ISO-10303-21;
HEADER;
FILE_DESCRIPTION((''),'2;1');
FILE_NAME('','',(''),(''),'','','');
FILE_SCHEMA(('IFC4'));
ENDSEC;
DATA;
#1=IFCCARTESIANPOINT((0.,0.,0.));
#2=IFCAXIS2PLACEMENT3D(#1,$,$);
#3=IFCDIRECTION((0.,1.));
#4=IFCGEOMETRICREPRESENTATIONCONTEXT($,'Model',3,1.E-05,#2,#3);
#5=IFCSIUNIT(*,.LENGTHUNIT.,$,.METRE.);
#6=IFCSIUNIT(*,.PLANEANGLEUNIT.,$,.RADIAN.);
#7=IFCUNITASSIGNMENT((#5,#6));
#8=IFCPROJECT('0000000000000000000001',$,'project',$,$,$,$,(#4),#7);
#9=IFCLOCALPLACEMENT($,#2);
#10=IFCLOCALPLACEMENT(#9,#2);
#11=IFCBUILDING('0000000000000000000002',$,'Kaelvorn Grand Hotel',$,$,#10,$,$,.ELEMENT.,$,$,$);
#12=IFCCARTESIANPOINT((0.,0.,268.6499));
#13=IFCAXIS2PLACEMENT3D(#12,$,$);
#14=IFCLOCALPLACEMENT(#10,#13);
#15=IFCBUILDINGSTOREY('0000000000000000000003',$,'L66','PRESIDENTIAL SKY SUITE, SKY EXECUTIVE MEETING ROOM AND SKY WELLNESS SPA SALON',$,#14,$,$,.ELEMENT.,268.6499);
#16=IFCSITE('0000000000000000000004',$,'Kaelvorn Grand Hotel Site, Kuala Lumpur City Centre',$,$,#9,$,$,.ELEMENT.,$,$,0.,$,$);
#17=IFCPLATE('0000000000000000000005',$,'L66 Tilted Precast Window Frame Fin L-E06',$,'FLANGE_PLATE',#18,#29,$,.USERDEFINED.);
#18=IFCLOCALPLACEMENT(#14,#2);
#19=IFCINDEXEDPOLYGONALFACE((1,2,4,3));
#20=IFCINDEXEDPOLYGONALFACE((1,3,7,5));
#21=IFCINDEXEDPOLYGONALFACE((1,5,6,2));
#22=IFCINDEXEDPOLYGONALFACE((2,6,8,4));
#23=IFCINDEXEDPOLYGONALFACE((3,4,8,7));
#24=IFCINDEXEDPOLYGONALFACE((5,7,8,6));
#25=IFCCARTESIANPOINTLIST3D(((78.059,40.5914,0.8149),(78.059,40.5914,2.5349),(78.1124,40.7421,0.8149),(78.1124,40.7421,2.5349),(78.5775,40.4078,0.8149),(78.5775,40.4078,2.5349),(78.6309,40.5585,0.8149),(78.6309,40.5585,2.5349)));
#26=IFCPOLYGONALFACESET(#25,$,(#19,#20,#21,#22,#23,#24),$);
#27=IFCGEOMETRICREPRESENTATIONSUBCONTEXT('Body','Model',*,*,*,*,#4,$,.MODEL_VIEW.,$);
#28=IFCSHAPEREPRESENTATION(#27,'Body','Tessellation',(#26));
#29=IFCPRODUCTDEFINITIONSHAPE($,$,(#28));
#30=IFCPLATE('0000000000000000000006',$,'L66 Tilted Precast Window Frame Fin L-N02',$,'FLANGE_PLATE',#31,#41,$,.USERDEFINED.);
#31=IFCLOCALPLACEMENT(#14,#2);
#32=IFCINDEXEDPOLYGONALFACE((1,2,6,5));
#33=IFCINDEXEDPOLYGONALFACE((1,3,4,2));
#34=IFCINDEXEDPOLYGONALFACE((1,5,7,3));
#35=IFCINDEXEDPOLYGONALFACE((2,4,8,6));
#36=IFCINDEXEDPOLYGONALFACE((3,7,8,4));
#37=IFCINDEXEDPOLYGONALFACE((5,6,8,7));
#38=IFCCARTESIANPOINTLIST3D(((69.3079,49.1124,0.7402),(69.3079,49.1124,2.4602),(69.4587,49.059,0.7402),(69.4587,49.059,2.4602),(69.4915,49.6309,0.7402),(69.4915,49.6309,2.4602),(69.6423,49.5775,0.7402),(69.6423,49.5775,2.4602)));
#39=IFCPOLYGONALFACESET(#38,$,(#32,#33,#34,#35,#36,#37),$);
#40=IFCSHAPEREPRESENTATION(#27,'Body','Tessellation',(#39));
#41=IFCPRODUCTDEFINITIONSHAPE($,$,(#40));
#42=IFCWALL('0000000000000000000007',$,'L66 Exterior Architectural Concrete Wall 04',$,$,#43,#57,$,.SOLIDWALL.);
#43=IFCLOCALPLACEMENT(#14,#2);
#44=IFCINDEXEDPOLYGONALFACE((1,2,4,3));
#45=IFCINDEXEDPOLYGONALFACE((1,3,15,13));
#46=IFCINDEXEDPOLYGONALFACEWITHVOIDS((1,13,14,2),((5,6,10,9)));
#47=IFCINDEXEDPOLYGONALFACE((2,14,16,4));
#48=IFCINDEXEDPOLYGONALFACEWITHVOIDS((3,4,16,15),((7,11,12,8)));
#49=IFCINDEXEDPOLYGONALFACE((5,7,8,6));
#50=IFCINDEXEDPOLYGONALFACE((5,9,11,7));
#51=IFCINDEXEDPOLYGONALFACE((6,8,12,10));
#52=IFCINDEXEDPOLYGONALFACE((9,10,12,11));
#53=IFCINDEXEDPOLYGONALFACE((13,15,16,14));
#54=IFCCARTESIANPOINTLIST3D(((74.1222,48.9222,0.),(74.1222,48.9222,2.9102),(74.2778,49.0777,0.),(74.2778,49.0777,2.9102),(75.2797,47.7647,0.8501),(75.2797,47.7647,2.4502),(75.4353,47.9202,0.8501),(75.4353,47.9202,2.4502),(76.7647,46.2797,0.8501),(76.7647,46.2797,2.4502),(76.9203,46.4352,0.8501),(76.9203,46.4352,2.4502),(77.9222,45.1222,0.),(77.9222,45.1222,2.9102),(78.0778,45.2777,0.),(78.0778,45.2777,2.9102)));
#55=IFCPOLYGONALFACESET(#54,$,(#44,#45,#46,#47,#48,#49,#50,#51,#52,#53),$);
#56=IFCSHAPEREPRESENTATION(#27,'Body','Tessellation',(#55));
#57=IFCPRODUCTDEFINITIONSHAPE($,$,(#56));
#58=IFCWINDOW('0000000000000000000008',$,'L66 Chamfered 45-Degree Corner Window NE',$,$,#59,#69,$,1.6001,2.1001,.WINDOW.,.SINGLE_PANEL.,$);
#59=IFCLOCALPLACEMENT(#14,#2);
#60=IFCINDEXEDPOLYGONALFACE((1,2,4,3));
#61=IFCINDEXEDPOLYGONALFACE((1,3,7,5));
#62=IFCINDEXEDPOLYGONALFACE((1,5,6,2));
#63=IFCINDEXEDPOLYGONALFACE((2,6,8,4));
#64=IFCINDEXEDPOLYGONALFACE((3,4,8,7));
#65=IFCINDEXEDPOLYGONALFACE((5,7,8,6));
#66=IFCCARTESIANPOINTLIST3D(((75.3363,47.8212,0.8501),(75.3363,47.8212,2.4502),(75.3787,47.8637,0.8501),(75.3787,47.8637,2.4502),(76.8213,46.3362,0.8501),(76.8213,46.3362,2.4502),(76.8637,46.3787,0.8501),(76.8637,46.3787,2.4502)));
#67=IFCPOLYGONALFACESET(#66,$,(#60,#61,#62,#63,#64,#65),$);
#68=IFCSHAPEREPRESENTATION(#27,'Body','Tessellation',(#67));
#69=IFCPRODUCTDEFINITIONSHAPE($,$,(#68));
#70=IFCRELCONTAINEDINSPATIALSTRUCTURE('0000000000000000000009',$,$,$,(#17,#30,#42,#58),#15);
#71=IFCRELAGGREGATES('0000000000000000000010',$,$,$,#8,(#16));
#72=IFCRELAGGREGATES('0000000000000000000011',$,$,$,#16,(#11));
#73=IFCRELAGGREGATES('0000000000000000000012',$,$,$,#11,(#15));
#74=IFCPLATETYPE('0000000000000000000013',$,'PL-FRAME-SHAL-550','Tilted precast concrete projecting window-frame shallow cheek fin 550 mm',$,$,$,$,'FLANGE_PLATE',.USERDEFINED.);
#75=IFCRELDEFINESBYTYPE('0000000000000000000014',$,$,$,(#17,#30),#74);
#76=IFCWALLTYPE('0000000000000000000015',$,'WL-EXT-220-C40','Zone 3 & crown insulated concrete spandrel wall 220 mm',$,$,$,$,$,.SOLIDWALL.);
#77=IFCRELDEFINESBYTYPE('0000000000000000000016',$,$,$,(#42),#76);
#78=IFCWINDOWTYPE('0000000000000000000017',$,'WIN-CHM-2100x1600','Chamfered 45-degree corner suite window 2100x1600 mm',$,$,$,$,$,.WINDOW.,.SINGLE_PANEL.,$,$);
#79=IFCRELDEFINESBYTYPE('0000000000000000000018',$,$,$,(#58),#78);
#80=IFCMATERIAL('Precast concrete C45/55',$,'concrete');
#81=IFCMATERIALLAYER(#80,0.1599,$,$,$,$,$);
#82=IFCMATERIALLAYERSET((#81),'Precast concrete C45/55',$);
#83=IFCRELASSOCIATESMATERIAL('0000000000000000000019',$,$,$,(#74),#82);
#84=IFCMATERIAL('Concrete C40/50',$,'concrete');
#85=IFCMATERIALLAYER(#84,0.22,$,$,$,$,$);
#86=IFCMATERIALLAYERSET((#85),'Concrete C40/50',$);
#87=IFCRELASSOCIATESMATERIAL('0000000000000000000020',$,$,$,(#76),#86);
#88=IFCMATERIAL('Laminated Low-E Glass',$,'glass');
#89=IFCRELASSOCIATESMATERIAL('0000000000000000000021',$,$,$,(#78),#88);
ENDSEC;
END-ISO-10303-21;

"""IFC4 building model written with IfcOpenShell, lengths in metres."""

from ifc_helpers import new_model, si_unit, direction, frame, frame_2d, origin, origin_2d, place, context, subcontext, project, spatial, rectangle, extrude, material, layer, layer_set, type_object, element, fill, save


model = new_model("IFC4")

# Units and contexts
model_context = context("Model", 3, precision=1e-05, world=origin(), true_north=direction((0.0, 1.0)))
body_context = subcontext(model_context, "Body", "Model", "MODEL_VIEW")
ifc_project = project(units=[si_unit("LENGTHUNIT", "METRE"), si_unit("PLANEANGLEUNIT", "RADIAN")], contexts=[model_context])

# Site, building, storey
site_placement = place(None, origin())
site = spatial("IfcSite", under=ifc_project, at=site_placement, Name="Kaelvorn Grand Hotel Site, Kuala Lumpur City Centre", CompositionType="ELEMENT", RefElevation=0.0)
building_placement = place(site_placement, origin())
building = spatial("IfcBuilding", under=site, at=building_placement, Name="Kaelvorn Grand Hotel", CompositionType="ELEMENT")
storey_placement = place(building_placement, frame((0.0, 0.0, 268.6499)))
storey = spatial("IfcBuildingStorey", under=building, at=storey_placement, Name="L66", Description="PRESIDENTIAL SKY SUITE, SKY EXECUTIVE MEETING ROOM AND SKY WELLNESS SPA SALON", CompositionType="ELEMENT", Elevation=268.6499)

# Plates
ifc_material_1 = material(Name="Precast concrete C45/55", Category="concrete")
ifc_layer_1 = layer(ifc_material_1, 0.1599)
ifc_layer_set_1 = layer_set([ifc_layer_1], Name="Precast concrete C45/55")
plate_type_1 = type_object("IfcPlateType", Name="PL-FRAME-SHAL-550", Description="Tilted precast concrete projecting window-frame shallow cheek fin 550 mm", ElementType="FLANGE_PLATE", PredefinedType="USERDEFINED", material=ifc_layer_set_1)
for number, where, z_axis, x_axis, name in (
    (1, (78.345, 40.575, 0.8149), (0.0, 0.0, 1.0), (0.333807, 0.942641, 0.0), "L66 Tilted Precast Window Frame Fin L-E06"),
    (2, (69.4751, 49.345, 0.7402), (0.0, 0.0, 1.0), (0.942641, -0.333807, 0.0), "L66 Tilted Precast Window Frame Fin L-N02"),
):
    element("IfcPlate", number, at=place(storey_placement, frame(where, z_axis=z_axis, x_axis=x_axis)), inside=storey, type_object=plate_type_1, Name=name, ObjectType="FLANGE_PLATE", PredefinedType="USERDEFINED", context=body_context, shape_type="SweptSolid", body=[
        extrude(rectangle(XDim=0.1599, YDim=0.55, at=origin_2d()), origin(), (0.0, 0.0, 1.0), 1.72),
    ])

# Wall, opening, window
ifc_material_2 = material(Name="Concrete C40/50", Category="concrete")
ifc_layer_2 = layer(ifc_material_2, 0.22)
ifc_layer_set_2 = layer_set([ifc_layer_2], Name="Concrete C40/50")
wall_type_1 = type_object("IfcWallType", Name="WL-EXT-220-C40", Description="Zone 3 & crown insulated concrete spandrel wall 220 mm", PredefinedType="SOLIDWALL", material=ifc_layer_set_2)
wall_1_placement = place(storey_placement, frame((78.0, 45.2, 0.0), z_axis=(0.0, 0.0, 1.0), x_axis=(-0.707107, 0.707107, 0.0)))
wall_1 = element("IfcWall", 3, at=wall_1_placement, inside=storey, type_object=wall_type_1, Name="L66 Exterior Architectural Concrete Wall 04", PredefinedType="SOLIDWALL", context=body_context, shape_type="SweptSolid", body=[
    extrude(rectangle(XDim=5.374, YDim=0.22, at=frame_2d((2.687, 0.0))), origin(), (0.0, 0.0, 1.0), 2.9102),
])
opening_1_placement = place(wall_1_placement, frame((1.637, 0.0, 0.8501)))
opening_1 = element("IfcOpeningElement", 4, at=opening_1_placement, cuts=wall_1, PredefinedType="OPENING", context=body_context, shape_type="SweptSolid", body=[
    extrude(rectangle(XDim=2.1001, YDim=1.6001, at=frame_2d((1.05, 0.8))), frame((0.0, 0.1201, 0.0), z_axis=(0.0, -1.0, 0.0), x_axis=(1.0, 0.0, 0.0)), (0.0, 0.0, 1.0), 0.24),
])
ifc_material_3 = material(Name="Laminated Low-E Glass", Category="glass")
window_type_1 = type_object("IfcWindowType", Name="WIN-CHM-2100x1600", Description="Chamfered 45-degree corner suite window 2100x1600 mm", PartitioningType="SINGLE_PANEL", PredefinedType="WINDOW", material=ifc_material_3)
window_1_placement = place(opening_1_placement, origin())
window_1 = element("IfcWindow", 5, at=window_1_placement, inside=storey, type_object=window_type_1, Name="L66 Chamfered 45-Degree Corner Window NE", OverallHeight=1.6001, OverallWidth=2.1001, PartitioningType="SINGLE_PANEL", PredefinedType="WINDOW", context=body_context, shape_type="SweptSolid", body=[
    extrude(rectangle(XDim=2.1001, YDim=1.6001, at=frame_2d((1.05, 0.8))), frame((0.0, 0.03, 0.0), z_axis=(0.0, -1.0, 0.0), x_axis=(1.0, 0.0, 0.0)), (0.0, 0.0, 1.0), 0.0601),
])
fill(opening_1, window_1)

save(model, "model.ifc")
